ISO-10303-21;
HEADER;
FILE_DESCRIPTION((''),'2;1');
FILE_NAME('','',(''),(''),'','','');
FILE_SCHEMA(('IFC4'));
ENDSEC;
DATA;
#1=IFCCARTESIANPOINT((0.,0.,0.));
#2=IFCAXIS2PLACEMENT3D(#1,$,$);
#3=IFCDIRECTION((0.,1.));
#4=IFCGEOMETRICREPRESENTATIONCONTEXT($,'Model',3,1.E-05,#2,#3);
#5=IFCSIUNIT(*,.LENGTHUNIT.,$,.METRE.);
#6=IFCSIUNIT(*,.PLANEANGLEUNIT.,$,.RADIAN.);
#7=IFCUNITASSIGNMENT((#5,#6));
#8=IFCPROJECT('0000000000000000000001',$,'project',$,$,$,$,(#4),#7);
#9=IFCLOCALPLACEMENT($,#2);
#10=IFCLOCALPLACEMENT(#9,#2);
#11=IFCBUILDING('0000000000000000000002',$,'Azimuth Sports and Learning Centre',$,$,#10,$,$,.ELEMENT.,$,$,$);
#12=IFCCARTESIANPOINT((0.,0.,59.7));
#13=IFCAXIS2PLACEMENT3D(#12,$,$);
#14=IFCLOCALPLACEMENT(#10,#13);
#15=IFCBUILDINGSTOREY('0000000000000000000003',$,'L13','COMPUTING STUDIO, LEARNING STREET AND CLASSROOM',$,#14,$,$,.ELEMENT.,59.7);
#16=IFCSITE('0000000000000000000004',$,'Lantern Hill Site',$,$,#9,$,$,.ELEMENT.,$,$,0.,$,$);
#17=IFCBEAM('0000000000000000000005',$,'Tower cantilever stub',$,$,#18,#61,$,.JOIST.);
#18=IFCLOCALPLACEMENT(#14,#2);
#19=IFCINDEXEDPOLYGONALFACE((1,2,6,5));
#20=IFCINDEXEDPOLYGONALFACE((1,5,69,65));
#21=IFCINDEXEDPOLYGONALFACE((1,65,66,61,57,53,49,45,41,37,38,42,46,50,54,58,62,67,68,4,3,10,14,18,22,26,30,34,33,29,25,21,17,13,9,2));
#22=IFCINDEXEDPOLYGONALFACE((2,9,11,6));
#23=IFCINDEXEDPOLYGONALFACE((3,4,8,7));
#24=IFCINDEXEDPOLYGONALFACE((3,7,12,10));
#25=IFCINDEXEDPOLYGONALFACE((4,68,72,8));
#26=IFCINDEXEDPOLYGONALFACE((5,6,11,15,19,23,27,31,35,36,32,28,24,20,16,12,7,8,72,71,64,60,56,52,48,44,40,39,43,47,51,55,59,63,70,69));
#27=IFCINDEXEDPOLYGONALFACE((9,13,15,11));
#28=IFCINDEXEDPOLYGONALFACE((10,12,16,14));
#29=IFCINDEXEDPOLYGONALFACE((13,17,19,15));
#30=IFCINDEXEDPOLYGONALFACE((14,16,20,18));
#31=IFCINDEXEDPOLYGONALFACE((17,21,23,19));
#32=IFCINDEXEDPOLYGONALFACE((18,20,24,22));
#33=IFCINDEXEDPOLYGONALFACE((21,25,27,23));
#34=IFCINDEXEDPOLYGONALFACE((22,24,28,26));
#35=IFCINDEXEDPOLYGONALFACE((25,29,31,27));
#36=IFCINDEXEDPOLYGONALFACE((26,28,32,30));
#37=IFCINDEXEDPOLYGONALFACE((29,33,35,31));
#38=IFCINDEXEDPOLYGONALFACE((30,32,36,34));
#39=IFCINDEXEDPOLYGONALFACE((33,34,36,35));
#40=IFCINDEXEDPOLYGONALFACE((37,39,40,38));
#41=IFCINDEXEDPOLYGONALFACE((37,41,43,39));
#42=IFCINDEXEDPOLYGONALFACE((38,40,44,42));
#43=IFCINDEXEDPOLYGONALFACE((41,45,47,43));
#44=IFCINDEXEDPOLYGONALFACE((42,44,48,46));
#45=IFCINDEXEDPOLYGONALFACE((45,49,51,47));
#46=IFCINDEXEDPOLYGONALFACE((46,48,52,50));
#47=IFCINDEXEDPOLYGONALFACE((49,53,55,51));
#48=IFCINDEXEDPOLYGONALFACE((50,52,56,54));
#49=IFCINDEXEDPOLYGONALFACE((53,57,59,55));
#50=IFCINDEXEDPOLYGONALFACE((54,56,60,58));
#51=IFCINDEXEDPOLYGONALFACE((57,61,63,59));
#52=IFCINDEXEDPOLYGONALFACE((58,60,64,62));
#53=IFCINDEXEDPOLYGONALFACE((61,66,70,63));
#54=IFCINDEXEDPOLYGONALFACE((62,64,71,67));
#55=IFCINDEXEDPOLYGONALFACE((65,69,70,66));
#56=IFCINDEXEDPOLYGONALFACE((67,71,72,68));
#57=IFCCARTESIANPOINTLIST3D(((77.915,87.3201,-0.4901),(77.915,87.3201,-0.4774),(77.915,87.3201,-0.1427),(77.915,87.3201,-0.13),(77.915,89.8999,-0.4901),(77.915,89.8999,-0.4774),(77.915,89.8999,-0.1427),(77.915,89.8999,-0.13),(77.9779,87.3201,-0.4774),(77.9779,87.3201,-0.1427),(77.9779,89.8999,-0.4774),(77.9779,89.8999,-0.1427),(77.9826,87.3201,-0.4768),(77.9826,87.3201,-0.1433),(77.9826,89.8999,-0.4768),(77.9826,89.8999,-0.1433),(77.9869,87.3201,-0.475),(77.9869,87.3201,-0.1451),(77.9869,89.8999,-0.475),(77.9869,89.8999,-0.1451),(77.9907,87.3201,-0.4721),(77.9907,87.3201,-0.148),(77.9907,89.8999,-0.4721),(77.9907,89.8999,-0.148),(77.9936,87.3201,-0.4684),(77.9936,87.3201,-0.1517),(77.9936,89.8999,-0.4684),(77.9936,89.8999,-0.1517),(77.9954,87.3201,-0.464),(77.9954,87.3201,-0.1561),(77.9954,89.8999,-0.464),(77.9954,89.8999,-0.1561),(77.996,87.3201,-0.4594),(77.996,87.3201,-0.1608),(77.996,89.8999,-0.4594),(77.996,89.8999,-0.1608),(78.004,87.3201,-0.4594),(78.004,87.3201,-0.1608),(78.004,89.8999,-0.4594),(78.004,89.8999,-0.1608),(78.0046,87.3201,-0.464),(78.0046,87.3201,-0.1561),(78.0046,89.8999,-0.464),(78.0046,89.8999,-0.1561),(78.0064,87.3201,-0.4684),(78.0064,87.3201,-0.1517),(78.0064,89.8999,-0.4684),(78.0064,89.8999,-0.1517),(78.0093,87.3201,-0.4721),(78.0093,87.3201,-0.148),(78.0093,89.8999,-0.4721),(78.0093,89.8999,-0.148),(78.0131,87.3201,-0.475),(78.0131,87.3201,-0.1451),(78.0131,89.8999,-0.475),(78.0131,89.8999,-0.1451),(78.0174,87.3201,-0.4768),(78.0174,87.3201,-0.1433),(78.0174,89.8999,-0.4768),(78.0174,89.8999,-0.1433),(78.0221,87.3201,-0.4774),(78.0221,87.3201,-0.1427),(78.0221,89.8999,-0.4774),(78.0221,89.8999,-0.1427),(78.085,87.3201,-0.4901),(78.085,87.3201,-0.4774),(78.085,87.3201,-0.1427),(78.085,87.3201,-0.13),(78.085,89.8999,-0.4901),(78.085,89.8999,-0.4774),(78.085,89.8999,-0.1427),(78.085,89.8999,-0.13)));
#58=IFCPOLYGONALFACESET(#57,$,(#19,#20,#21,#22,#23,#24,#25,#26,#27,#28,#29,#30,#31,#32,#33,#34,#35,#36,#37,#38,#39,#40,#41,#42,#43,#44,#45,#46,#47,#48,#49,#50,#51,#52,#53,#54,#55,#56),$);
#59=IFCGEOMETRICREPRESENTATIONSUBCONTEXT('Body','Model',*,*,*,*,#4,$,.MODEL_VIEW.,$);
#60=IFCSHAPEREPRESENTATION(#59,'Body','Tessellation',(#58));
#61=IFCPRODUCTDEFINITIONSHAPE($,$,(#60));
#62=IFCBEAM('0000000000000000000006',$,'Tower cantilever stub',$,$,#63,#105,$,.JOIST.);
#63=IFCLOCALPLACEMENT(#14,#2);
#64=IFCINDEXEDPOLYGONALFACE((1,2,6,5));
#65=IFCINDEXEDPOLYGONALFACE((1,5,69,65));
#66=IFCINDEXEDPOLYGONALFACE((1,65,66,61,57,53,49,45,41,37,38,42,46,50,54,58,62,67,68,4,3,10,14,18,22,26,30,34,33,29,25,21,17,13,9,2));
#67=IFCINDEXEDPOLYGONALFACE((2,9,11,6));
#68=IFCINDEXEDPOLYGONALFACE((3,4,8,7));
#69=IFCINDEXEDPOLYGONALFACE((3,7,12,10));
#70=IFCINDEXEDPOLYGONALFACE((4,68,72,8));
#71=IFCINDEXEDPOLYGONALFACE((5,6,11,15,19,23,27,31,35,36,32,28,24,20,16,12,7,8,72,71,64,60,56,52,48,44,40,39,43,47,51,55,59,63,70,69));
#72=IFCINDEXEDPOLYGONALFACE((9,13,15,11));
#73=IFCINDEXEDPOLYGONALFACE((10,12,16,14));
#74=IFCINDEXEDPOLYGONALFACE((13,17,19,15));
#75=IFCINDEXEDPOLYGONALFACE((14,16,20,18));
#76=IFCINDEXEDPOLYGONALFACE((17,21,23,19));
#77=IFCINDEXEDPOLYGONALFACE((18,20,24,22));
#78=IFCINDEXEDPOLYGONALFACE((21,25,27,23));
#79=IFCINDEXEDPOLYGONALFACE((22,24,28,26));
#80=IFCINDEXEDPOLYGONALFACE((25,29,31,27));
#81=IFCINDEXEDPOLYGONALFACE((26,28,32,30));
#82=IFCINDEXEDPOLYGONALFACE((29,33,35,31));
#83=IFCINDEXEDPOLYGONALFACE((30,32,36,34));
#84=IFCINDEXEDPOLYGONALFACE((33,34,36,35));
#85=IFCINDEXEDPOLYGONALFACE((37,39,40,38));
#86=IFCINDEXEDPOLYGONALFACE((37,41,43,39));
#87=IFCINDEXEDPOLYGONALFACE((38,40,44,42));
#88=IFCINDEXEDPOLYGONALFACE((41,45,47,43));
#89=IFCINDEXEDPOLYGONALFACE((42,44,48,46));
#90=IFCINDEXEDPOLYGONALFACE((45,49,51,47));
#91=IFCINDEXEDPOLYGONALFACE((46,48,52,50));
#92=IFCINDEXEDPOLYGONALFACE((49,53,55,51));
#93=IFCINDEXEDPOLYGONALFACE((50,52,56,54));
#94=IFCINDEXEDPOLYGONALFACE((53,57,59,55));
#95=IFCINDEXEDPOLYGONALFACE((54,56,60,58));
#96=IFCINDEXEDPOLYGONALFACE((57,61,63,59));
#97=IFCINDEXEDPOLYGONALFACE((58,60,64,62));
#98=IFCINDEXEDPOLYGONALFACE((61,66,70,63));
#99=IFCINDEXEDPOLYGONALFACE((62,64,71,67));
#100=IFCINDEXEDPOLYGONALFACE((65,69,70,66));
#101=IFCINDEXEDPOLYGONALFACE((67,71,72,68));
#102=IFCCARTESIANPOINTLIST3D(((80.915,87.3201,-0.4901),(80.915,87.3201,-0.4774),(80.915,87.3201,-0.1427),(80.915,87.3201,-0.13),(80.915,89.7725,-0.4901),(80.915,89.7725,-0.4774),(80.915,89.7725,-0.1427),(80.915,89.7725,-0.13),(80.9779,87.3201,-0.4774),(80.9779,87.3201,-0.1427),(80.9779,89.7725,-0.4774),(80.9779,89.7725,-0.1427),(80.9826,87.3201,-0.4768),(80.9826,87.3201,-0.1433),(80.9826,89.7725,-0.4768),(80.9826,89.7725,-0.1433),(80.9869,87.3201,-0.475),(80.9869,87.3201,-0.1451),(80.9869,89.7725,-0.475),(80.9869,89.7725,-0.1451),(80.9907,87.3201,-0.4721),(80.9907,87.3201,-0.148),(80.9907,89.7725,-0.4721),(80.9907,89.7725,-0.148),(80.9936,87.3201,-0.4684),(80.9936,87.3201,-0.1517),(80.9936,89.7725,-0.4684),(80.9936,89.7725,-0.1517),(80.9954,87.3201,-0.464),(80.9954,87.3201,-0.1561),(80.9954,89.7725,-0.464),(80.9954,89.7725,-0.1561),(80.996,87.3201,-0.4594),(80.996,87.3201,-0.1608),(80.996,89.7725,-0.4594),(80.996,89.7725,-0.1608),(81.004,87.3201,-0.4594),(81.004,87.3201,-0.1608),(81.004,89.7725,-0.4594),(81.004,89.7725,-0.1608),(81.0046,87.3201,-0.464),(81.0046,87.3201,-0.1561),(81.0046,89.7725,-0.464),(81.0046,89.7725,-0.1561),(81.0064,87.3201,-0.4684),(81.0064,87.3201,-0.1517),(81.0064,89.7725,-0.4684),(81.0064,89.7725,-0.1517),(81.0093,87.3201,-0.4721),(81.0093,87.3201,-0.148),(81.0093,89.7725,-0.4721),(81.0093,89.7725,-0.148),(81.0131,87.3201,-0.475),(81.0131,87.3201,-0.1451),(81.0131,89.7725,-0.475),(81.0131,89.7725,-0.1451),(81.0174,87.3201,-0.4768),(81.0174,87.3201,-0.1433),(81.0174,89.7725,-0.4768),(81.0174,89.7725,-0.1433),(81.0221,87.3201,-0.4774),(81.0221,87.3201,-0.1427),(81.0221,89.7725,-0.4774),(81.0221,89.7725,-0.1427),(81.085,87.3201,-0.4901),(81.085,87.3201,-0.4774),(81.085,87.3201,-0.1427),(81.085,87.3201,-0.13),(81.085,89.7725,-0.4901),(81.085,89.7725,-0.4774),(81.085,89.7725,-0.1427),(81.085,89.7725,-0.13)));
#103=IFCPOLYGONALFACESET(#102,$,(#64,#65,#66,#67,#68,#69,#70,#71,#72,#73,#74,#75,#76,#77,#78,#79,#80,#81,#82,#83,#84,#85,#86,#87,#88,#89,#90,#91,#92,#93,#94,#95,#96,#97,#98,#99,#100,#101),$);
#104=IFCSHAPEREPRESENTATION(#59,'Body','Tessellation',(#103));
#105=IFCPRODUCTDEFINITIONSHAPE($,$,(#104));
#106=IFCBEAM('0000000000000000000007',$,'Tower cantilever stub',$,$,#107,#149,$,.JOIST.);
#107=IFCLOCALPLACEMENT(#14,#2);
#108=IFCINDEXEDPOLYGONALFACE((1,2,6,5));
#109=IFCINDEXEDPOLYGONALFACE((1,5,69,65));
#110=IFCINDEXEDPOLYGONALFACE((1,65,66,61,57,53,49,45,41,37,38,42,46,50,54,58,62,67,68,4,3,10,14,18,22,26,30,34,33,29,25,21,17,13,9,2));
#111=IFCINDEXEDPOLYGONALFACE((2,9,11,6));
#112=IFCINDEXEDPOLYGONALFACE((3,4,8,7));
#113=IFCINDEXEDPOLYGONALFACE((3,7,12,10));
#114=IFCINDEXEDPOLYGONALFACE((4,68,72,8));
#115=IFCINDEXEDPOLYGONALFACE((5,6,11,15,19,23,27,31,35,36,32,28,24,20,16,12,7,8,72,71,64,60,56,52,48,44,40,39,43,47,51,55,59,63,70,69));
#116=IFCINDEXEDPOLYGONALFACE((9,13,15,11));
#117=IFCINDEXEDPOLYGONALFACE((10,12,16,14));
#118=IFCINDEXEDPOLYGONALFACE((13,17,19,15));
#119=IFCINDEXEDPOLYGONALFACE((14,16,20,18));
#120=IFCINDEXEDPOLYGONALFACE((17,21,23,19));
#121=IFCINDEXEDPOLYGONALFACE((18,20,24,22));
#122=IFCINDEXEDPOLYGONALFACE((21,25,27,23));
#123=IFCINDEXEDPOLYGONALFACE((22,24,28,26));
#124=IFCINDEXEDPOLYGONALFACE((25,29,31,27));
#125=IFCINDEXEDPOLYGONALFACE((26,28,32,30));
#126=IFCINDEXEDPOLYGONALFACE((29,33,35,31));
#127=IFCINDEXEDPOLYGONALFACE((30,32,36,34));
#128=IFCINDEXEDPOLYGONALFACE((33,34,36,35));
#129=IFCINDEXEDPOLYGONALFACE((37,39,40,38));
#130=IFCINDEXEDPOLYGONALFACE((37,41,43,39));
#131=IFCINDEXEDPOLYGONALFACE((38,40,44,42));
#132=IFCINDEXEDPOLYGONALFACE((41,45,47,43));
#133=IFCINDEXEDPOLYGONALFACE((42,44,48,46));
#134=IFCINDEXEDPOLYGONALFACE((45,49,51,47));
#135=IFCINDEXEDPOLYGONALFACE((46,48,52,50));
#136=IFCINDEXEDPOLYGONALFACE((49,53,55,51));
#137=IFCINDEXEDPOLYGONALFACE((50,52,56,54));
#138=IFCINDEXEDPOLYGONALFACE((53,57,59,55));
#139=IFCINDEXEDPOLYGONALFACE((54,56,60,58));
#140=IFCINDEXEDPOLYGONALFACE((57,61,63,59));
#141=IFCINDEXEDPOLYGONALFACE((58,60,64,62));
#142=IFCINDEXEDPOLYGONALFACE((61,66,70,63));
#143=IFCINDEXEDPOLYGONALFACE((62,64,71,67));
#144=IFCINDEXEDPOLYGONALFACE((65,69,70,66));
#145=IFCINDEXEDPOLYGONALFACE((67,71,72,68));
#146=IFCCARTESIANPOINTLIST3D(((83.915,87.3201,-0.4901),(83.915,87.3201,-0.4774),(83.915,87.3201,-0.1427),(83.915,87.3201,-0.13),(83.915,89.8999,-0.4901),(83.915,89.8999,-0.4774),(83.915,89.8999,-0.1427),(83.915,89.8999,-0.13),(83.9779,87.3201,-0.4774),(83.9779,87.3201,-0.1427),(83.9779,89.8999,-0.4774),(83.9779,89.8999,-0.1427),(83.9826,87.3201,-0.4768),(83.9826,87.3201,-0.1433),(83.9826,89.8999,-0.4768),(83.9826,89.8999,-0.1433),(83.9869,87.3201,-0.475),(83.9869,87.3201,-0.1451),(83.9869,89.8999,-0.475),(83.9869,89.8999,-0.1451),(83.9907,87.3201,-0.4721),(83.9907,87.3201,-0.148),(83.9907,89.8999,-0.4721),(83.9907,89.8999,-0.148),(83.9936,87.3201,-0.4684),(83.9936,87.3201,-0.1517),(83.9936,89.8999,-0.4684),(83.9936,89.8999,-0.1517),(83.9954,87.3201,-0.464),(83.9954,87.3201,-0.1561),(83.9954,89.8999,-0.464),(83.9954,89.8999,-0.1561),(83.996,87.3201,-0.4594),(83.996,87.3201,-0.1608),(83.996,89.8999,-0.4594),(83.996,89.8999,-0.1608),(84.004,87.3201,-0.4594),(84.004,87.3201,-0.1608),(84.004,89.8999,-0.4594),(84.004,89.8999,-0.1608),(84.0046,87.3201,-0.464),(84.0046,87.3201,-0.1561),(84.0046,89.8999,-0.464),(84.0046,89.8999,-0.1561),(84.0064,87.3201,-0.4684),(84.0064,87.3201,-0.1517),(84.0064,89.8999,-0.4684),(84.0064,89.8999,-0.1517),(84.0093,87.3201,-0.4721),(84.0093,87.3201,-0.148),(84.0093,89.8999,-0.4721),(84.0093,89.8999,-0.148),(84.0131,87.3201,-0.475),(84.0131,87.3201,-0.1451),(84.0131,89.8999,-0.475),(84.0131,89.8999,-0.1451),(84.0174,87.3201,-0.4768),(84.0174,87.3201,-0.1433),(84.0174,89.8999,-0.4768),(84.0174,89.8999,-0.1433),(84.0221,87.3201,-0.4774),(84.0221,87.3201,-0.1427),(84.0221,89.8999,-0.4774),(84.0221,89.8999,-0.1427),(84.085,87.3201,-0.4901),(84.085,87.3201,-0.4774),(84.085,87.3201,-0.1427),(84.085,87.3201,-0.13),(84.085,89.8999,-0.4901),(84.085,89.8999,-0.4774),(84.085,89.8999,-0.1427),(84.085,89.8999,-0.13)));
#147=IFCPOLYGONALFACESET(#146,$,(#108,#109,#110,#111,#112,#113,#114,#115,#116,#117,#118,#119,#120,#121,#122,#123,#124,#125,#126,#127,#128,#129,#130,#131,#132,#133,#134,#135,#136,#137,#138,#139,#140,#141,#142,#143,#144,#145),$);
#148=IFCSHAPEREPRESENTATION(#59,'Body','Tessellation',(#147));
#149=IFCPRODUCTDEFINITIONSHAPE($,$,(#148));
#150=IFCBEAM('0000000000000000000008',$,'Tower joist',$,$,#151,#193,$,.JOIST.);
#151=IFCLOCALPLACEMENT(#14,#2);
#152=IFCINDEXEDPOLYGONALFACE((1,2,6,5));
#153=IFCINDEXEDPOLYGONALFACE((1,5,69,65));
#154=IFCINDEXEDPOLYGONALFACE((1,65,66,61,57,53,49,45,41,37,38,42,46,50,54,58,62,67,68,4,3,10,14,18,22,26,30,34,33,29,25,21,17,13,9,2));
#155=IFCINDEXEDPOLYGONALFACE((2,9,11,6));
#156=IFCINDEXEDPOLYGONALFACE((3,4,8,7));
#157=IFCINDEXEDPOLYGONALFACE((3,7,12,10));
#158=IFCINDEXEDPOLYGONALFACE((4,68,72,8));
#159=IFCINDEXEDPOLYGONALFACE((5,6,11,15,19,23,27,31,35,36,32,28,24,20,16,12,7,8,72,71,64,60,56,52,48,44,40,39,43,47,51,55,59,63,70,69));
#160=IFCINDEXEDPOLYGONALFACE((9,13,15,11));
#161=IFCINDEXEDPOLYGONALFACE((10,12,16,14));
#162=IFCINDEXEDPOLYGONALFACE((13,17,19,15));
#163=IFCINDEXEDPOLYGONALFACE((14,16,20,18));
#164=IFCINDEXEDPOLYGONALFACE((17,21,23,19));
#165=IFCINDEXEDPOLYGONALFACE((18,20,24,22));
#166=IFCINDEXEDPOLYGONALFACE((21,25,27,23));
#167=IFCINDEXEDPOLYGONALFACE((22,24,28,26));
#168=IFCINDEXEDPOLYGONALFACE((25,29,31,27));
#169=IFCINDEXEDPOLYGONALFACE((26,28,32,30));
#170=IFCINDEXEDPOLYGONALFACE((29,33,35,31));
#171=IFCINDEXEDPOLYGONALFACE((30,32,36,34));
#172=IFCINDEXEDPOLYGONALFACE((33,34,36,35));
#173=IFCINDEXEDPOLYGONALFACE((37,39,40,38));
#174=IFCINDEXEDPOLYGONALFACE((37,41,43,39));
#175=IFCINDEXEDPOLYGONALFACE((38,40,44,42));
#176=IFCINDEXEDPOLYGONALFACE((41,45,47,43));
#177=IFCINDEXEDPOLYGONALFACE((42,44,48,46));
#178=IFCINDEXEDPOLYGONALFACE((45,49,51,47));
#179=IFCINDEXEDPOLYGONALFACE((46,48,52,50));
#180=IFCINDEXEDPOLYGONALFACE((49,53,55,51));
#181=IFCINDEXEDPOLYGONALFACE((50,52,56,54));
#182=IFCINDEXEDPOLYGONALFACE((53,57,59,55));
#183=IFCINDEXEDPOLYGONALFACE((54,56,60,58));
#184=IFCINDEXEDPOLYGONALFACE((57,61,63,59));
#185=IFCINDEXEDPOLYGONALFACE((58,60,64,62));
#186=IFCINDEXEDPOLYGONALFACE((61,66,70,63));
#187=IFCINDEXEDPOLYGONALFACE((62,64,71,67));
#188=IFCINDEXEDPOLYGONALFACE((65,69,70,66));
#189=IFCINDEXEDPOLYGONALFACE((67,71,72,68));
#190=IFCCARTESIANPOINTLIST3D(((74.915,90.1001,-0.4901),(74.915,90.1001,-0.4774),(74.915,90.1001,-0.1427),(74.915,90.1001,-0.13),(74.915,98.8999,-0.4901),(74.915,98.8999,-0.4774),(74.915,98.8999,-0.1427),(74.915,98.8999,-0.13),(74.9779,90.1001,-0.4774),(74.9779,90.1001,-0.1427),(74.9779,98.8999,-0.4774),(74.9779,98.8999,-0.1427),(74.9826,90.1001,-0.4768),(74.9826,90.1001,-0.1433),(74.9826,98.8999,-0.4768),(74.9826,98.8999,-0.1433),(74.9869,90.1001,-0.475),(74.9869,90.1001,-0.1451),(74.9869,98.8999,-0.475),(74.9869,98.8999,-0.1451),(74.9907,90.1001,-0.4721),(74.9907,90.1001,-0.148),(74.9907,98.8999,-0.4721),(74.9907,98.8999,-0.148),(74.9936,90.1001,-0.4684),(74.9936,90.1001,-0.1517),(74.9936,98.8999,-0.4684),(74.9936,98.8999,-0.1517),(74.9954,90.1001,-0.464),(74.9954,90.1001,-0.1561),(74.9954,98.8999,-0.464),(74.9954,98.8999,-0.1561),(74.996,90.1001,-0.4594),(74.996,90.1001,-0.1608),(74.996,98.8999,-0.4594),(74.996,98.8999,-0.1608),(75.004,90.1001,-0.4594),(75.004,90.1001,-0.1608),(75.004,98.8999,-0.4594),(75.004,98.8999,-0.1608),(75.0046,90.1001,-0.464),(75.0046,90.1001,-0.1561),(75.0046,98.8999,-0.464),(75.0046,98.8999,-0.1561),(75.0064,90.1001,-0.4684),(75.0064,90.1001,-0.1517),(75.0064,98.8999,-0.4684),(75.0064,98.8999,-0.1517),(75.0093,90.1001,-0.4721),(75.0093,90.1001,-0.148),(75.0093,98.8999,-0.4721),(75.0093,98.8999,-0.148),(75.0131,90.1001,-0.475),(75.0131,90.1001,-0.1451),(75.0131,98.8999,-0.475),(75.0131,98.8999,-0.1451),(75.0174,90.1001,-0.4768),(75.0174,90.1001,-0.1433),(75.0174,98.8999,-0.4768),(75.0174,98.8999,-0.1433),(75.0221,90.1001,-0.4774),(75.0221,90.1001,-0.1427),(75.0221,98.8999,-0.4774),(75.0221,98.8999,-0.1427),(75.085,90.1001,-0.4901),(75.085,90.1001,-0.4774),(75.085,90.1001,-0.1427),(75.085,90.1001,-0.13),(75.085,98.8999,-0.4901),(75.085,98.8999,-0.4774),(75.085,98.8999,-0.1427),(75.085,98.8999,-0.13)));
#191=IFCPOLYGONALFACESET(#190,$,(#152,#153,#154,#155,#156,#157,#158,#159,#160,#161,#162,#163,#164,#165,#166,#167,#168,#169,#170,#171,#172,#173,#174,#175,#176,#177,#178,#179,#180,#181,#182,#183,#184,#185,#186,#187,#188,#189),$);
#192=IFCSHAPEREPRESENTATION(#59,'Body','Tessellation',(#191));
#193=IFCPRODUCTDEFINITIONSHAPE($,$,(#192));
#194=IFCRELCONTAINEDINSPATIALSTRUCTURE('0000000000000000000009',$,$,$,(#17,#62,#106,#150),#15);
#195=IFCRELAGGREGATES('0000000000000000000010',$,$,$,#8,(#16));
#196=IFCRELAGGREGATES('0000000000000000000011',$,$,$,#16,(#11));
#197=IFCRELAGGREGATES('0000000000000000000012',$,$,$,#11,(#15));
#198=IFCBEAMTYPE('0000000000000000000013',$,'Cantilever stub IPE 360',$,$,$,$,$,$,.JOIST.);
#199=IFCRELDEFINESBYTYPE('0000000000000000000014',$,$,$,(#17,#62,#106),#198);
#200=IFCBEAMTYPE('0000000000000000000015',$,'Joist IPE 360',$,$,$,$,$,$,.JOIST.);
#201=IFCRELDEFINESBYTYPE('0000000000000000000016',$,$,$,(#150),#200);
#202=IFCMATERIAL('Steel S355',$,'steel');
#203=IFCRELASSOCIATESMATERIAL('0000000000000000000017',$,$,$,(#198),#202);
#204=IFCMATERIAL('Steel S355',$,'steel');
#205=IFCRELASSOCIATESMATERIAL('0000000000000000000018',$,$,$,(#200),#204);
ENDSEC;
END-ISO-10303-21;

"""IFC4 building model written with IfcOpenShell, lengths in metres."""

from ifc_helpers import new_model, si_unit, direction, frame, origin, origin_2d, place, context, subcontext, project, spatial, i_section, extrude, material, material_profile, profile_set, type_object, element, save


model = new_model("IFC4")

# Units and contexts
model_context = context("Model", 3, precision=1e-05, world=origin(), true_north=direction((0.0, 1.0)))
body_context = subcontext(model_context, "Body", "Model", "MODEL_VIEW")
ifc_project = project(units=[si_unit("LENGTHUNIT", "METRE"), si_unit("PLANEANGLEUNIT", "RADIAN")], contexts=[model_context])

# Site, building, storey
site_placement = place(None, origin())
site = spatial("IfcSite", under=ifc_project, at=site_placement, Name="Lantern Hill Site", CompositionType="ELEMENT", RefElevation=0.0)
building_placement = place(site_placement, origin())
building = spatial("IfcBuilding", under=site, at=building_placement, Name="Azimuth Sports and Learning Centre", CompositionType="ELEMENT")
storey_placement = place(building_placement, frame((0.0, 0.0, 59.7)))
storey = spatial("IfcBuildingStorey", under=building, at=storey_placement, Name="L13", Description="COMPUTING STUDIO, LEARNING STREET AND CLASSROOM", CompositionType="ELEMENT", Elevation=59.7)

# Beams
ifc_material_1 = material(Name="Steel S355", Category="steel")
ifc_material_profile_1 = material_profile(ifc_material_1, i_section(OverallWidth=0.1699, OverallDepth=0.3601, WebThickness=0.0081, FlangeThickness=0.0127, FilletRadius=0.0181, at=origin_2d()), Name="IPE 360")
ifc_profile_set_1 = profile_set([ifc_material_profile_1], Name="Steel S355")
beam_type_1 = type_object("IfcBeamType", Name="Cantilever stub IPE 360", PredefinedType="JOIST", material=ifc_profile_set_1)
beam_1_placement = place(storey_placement, frame((78.0, 89.8999, -0.3101), z_axis=(0.0, -1.0, 0.0), x_axis=(1.0, 0.0, 0.0)))
element("IfcBeam", 1, at=beam_1_placement, inside=storey, type_object=beam_type_1, Name="Tower cantilever stub", PredefinedType="JOIST", context=body_context, shape_type="SweptSolid", body=[
    extrude(i_section(OverallWidth=0.1699, OverallDepth=0.3601, WebThickness=0.0081, FlangeThickness=0.0127, FilletRadius=0.0181, at=origin_2d()), origin(), (0.0, 0.0, 1.0), 2.5798),
])
beam_2_placement = place(storey_placement, frame((81.0, 89.7725, -0.3101), z_axis=(0.0, -1.0, 0.0), x_axis=(1.0, 0.0, 0.0)))
element("IfcBeam", 2, at=beam_2_placement, inside=storey, type_object=beam_type_1, Name="Tower cantilever stub", PredefinedType="JOIST", context=body_context, shape_type="SweptSolid", body=[
    extrude(i_section(OverallWidth=0.1699, OverallDepth=0.3601, WebThickness=0.0081, FlangeThickness=0.0127, FilletRadius=0.0181, at=origin_2d()), origin(), (0.0, 0.0, 1.0), 2.4524),
])
beam_3_placement = place(storey_placement, frame((84.0, 89.8999, -0.3101), z_axis=(0.0, -1.0, 0.0), x_axis=(1.0, 0.0, 0.0)))
element("IfcBeam", 3, at=beam_3_placement, inside=storey, type_object=beam_type_1, Name="Tower cantilever stub", PredefinedType="JOIST", context=body_context, shape_type="SweptSolid", body=[
    extrude(i_section(OverallWidth=0.1699, OverallDepth=0.3601, WebThickness=0.0081, FlangeThickness=0.0127, FilletRadius=0.0181, at=origin_2d()), origin(), (0.0, 0.0, 1.0), 2.5798),
])
ifc_material_2 = material(Name="Steel S355", Category="steel")
ifc_material_profile_2 = material_profile(ifc_material_2, i_section(OverallWidth=0.1699, OverallDepth=0.3601, WebThickness=0.0081, FlangeThickness=0.0127, FilletRadius=0.0181, at=origin_2d()), Name="IPE 360")
ifc_profile_set_2 = profile_set([ifc_material_profile_2], Name="Steel S355")
beam_type_2 = type_object("IfcBeamType", Name="Joist IPE 360", PredefinedType="JOIST", material=ifc_profile_set_2)
for number, where, z_axis, x_axis, name in (
    (4, (75.0, 90.1001, -0.3101), (0.0, 1.0, 0.0), (-1.0, 0.0, 0.0), "Tower joist"),
):
    element("IfcBeam", number, at=place(storey_placement, frame(where, z_axis=z_axis, x_axis=x_axis)), inside=storey, type_object=beam_type_2, Name=name, PredefinedType="JOIST", context=body_context, shape_type="SweptSolid", body=[
        extrude(i_section(OverallWidth=0.1699, OverallDepth=0.3601, WebThickness=0.0081, FlangeThickness=0.0127, FilletRadius=0.0181, at=origin_2d()), origin(), (0.0, 0.0, 1.0), 8.7998),
    ])

save(model, "model.ifc")
